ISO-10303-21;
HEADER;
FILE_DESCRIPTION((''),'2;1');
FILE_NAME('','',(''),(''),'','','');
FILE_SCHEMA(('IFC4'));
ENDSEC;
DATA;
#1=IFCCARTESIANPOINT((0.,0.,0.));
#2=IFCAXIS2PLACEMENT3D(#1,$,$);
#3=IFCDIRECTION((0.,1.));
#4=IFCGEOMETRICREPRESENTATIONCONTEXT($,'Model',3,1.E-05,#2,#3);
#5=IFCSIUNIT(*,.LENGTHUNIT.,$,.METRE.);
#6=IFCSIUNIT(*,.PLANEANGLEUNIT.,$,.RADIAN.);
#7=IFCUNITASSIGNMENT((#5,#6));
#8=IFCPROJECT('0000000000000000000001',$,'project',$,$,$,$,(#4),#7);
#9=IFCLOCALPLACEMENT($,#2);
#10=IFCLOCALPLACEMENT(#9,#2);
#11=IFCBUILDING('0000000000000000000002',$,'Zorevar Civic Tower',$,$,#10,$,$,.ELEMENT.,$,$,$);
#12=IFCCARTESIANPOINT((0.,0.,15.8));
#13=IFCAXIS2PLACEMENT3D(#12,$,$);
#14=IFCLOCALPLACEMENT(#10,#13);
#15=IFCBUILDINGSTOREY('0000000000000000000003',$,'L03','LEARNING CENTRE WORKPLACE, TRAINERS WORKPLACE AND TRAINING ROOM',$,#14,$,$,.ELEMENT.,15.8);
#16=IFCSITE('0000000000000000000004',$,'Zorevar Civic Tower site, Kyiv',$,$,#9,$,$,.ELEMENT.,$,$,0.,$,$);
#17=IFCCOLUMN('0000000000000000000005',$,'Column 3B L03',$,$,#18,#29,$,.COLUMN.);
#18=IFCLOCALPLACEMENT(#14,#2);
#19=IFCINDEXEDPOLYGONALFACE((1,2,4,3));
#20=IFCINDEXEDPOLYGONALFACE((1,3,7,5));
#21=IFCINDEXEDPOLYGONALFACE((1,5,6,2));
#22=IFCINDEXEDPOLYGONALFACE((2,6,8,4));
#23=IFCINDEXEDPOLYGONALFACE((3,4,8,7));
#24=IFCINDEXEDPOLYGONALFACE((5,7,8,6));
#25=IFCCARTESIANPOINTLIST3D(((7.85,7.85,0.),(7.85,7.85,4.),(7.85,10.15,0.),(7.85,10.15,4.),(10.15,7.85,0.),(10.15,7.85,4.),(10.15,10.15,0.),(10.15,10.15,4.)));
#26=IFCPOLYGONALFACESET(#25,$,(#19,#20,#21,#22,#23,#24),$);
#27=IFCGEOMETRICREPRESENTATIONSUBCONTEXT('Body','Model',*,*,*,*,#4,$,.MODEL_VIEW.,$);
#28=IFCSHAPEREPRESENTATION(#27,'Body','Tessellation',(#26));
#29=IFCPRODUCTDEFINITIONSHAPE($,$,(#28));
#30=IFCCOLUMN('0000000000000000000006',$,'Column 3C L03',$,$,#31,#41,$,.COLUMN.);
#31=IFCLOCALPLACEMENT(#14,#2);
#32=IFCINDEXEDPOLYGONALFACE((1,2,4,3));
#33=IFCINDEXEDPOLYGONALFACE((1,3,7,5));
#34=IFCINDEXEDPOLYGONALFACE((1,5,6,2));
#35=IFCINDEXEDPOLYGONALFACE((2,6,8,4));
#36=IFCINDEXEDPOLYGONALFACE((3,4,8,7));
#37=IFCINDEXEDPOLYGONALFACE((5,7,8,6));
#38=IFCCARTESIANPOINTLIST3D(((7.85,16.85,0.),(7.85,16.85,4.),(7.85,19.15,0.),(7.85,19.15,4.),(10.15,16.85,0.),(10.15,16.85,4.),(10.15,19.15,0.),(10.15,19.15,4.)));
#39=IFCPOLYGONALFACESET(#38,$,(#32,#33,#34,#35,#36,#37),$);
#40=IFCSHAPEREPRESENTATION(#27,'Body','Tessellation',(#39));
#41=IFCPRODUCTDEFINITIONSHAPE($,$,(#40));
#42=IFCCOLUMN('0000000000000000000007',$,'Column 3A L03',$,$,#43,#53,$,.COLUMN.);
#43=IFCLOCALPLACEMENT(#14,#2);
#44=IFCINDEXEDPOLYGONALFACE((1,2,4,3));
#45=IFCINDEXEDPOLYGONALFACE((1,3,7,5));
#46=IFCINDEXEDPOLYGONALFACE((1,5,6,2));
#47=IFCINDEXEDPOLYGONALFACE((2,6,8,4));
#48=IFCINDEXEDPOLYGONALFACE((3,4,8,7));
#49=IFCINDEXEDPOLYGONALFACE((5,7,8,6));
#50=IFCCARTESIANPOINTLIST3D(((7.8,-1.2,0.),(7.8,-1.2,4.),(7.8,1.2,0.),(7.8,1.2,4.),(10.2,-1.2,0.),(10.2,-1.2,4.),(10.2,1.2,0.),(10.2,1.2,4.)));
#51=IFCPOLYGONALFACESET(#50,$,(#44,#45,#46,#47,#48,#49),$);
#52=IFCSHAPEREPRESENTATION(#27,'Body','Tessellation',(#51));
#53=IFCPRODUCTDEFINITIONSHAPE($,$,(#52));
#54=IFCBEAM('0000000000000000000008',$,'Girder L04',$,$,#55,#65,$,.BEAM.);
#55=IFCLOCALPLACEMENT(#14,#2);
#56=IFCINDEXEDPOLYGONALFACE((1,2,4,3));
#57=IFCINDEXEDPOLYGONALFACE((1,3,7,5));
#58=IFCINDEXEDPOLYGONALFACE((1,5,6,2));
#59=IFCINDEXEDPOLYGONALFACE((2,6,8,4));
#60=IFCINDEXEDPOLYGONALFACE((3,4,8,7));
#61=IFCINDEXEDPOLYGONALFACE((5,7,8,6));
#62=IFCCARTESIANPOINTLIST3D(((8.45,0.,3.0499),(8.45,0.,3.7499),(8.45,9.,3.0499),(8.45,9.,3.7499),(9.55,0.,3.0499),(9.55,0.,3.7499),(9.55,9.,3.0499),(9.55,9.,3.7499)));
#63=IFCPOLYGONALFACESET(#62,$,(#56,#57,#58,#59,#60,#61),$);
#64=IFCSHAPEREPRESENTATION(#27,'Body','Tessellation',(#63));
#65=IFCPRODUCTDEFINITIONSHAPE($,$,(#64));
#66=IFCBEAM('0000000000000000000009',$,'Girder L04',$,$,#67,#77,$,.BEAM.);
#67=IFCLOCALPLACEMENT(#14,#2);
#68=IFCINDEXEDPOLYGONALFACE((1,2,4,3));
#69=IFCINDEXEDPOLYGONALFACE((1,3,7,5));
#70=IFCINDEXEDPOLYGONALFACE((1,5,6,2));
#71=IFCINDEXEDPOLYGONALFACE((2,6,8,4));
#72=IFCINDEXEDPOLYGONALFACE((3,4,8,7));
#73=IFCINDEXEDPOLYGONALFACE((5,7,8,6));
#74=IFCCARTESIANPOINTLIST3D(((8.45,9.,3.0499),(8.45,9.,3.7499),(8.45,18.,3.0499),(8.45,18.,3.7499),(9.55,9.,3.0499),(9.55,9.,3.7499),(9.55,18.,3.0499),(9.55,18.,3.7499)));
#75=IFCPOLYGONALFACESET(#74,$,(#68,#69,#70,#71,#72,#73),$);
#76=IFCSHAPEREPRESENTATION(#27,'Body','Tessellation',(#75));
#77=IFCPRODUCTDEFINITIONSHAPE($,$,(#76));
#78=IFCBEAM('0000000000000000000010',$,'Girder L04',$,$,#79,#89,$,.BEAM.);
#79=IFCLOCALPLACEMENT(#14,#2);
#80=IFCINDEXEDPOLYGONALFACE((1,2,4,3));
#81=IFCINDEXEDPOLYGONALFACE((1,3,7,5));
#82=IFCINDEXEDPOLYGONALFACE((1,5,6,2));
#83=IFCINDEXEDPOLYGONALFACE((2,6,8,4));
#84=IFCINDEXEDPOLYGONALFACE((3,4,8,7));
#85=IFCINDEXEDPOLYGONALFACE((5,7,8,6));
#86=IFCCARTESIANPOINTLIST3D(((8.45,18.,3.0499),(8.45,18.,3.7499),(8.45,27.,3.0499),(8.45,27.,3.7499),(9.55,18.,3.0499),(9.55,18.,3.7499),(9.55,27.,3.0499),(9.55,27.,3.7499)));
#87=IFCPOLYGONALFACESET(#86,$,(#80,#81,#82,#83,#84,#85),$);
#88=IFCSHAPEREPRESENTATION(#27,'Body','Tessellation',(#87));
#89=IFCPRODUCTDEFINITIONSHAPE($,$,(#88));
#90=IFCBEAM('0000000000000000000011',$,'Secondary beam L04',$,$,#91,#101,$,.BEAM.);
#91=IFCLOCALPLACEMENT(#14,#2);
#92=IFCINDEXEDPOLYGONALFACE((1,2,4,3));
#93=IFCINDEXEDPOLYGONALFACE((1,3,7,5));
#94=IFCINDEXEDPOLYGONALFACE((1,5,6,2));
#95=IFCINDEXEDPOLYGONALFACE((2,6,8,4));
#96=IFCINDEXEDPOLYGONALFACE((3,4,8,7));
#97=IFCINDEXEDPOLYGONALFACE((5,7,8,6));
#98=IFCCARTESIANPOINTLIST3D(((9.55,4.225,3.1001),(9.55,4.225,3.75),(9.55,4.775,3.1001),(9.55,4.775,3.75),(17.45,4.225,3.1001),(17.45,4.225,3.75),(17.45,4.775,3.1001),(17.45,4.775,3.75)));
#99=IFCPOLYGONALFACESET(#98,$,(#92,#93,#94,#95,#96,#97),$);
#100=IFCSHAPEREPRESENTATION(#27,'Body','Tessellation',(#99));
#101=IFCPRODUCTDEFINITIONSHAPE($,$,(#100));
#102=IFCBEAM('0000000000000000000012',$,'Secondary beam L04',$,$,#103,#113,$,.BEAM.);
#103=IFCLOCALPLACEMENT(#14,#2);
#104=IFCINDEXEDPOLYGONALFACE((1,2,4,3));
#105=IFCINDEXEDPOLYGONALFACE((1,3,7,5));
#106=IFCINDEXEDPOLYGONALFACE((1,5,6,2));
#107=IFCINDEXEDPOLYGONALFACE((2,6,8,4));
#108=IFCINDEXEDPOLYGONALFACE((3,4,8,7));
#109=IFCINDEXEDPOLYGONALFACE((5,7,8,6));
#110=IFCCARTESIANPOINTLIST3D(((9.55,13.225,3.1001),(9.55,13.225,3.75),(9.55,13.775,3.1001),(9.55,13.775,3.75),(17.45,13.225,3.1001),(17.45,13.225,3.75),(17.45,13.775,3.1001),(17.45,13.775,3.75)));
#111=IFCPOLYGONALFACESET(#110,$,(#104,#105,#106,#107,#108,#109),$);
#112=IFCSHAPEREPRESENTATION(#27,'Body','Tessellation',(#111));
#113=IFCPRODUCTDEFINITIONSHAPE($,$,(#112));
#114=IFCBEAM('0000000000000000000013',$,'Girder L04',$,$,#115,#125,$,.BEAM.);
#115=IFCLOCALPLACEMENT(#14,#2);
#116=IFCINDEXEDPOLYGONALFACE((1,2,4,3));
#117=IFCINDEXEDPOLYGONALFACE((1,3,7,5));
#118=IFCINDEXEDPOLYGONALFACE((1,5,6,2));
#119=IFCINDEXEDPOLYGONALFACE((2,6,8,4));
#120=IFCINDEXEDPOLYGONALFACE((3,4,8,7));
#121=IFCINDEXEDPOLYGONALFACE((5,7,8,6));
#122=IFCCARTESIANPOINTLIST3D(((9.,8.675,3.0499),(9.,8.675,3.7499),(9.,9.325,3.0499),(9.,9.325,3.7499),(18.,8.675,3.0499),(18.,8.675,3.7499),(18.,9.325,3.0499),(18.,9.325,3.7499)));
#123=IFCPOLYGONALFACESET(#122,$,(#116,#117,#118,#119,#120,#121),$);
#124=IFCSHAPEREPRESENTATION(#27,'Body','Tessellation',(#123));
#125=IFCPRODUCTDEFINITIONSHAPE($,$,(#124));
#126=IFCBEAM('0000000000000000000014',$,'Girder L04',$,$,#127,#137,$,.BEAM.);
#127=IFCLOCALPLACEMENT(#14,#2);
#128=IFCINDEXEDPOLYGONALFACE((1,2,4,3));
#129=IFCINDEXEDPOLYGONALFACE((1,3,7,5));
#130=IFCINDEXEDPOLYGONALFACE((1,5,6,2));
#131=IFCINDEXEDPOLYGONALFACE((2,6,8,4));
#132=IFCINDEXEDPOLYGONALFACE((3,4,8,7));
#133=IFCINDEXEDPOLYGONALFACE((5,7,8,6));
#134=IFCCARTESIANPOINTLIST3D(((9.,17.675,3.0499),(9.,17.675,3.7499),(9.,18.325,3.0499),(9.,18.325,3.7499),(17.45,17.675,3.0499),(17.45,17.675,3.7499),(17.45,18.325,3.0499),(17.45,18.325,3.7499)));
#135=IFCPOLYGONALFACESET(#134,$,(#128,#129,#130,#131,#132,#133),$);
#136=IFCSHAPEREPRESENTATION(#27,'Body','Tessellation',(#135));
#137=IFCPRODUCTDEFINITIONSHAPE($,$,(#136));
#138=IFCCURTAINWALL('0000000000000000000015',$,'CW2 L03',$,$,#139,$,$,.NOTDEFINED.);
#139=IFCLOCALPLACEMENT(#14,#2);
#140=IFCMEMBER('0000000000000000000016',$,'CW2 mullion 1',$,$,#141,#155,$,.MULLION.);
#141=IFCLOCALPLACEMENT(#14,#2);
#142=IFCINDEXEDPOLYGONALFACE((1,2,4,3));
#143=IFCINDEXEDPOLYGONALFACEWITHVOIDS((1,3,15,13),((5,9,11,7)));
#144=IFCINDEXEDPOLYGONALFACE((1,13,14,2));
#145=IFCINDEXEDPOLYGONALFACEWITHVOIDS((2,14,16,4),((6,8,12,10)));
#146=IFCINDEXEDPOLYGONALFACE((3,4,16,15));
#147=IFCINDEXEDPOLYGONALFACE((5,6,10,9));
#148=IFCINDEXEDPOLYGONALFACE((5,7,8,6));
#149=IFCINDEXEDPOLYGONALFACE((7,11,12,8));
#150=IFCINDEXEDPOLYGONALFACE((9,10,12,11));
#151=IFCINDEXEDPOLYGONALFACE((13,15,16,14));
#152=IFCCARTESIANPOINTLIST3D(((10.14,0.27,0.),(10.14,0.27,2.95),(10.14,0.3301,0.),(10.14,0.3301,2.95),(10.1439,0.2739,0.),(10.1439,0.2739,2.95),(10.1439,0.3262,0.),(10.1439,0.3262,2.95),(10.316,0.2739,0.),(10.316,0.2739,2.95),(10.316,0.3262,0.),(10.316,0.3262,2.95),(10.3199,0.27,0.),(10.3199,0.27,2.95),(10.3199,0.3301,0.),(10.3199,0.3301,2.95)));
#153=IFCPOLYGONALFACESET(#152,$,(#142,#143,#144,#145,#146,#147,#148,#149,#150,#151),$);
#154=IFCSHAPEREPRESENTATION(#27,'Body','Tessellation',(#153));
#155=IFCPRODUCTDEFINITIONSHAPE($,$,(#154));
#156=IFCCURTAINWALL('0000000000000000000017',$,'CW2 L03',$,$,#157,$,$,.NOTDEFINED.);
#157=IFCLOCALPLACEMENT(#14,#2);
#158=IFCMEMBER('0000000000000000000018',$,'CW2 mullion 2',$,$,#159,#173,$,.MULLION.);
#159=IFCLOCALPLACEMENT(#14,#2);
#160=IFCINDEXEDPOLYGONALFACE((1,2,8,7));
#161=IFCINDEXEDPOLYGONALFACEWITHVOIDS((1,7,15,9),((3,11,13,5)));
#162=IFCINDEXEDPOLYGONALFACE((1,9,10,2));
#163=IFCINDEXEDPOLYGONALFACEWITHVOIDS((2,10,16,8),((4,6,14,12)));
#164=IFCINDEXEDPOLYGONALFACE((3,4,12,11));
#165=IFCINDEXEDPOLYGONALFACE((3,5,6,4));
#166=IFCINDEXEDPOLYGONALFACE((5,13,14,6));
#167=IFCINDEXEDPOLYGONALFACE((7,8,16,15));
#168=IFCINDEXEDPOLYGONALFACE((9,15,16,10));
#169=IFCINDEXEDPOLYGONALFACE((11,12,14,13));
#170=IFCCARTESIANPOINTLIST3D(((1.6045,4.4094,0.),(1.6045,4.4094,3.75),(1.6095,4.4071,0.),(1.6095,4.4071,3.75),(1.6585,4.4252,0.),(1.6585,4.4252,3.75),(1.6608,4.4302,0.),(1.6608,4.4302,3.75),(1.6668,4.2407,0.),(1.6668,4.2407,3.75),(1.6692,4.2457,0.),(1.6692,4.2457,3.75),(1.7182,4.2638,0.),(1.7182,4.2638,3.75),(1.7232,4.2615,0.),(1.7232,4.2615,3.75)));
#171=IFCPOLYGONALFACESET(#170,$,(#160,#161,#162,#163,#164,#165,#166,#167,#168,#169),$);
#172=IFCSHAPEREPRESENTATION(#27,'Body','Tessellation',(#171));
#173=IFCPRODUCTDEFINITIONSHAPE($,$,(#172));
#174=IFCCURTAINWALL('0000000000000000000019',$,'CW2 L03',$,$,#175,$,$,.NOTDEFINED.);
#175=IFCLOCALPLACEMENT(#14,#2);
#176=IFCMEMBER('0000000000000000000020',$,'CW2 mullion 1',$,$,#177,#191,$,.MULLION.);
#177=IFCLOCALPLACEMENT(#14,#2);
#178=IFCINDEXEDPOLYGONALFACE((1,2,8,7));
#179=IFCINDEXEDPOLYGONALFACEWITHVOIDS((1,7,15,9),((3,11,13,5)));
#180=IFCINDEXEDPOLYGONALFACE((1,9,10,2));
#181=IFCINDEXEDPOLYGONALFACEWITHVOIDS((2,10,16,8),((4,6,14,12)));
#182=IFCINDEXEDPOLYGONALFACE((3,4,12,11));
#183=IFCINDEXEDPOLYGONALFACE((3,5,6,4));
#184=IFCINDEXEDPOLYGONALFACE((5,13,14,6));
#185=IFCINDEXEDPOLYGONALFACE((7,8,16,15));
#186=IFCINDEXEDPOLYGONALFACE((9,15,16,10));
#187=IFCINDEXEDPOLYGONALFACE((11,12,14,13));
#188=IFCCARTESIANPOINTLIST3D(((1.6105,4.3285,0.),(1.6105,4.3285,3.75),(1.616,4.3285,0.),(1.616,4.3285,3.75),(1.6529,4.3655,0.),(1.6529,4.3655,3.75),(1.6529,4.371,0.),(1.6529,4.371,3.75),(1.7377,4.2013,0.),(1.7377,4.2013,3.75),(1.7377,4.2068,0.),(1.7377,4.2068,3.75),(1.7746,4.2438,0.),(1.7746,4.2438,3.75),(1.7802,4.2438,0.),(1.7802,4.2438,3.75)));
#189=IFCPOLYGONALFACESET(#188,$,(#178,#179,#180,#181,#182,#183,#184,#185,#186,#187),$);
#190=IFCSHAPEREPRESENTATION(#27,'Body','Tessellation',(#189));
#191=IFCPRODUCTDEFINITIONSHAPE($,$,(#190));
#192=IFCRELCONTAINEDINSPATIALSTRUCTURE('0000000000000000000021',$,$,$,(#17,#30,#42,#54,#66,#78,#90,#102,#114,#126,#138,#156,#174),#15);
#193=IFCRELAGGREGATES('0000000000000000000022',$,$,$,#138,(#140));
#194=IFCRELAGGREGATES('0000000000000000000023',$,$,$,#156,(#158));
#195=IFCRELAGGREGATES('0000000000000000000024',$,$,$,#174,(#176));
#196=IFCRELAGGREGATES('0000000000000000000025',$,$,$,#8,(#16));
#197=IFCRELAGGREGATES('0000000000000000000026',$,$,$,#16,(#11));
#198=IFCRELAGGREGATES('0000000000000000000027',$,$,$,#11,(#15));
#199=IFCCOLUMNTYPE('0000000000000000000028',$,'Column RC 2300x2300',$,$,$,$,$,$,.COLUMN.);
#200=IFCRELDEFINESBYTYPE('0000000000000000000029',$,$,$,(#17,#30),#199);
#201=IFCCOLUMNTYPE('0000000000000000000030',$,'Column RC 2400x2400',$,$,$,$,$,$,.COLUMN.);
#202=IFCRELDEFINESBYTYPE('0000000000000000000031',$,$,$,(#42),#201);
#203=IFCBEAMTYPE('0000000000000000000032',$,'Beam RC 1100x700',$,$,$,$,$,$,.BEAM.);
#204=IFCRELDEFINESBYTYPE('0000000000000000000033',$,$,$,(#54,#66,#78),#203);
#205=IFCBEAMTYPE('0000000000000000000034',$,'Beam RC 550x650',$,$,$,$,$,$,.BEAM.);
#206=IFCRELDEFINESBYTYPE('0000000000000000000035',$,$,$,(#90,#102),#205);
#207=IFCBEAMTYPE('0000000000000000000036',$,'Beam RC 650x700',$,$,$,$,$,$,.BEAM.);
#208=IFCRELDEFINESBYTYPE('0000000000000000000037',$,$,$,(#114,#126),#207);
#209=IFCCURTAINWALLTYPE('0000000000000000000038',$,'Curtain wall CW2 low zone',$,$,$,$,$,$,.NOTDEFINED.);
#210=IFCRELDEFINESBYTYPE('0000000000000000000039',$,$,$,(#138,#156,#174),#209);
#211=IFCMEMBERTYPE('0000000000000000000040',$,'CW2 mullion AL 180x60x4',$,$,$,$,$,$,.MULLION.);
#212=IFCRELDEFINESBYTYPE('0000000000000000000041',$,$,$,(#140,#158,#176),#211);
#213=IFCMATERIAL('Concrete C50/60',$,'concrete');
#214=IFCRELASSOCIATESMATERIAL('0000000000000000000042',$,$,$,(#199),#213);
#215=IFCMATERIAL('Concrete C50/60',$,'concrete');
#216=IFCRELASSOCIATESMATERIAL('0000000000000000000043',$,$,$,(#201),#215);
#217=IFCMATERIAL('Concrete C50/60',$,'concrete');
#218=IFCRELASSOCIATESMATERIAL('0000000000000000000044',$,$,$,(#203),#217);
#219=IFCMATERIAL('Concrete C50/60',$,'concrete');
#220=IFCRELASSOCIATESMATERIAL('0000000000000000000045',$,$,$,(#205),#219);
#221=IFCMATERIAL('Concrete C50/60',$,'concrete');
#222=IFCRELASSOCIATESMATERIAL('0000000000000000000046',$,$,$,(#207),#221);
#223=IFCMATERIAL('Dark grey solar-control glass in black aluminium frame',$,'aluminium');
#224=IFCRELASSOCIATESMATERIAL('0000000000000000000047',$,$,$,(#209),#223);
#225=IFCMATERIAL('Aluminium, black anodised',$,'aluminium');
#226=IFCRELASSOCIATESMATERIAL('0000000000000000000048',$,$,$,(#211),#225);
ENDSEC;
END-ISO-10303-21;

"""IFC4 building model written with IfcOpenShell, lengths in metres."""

from ifc_helpers import new_model, si_unit, direction, frame, origin, origin_2d, place, context, subcontext, project, spatial, rectangle, hollow_rectangle, extrude, material, material_profile, profile_set, type_object, element, aggregate, save


model = new_model("IFC4")

# Units and contexts
model_context = context("Model", 3, precision=1e-05, world=origin(), true_north=direction((0.0, 1.0)))
body_context = subcontext(model_context, "Body", "Model", "MODEL_VIEW")
ifc_project = project(units=[si_unit("LENGTHUNIT", "METRE"), si_unit("PLANEANGLEUNIT", "RADIAN")], contexts=[model_context])

# Site, building, storey
site_placement = place(None, origin())
site = spatial("IfcSite", under=ifc_project, at=site_placement, Name="Zorevar Civic Tower site, Kyiv", CompositionType="ELEMENT", RefElevation=0.0)
building_placement = place(site_placement, origin())
building = spatial("IfcBuilding", under=site, at=building_placement, Name="Zorevar Civic Tower", CompositionType="ELEMENT")
storey_placement = place(building_placement, frame((0.0, 0.0, 15.8)))
storey = spatial("IfcBuildingStorey", under=building, at=storey_placement, Name="L03", Description="LEARNING CENTRE WORKPLACE, TRAINERS WORKPLACE AND TRAINING ROOM", CompositionType="ELEMENT", Elevation=15.8)

# Columns
ifc_material_1 = material(Name="Concrete C50/60", Category="concrete")
ifc_material_profile_1 = material_profile(ifc_material_1, rectangle(XDim=2.3, YDim=2.3, at=origin_2d()), Name="RC 2300x2300")
ifc_profile_set_1 = profile_set([ifc_material_profile_1], Name="Concrete C50/60")
column_type_1 = type_object("IfcColumnType", Name="Column RC 2300x2300", PredefinedType="COLUMN", material=ifc_profile_set_1)
for number, where, z_axis, x_axis, name in (
    (1, (9.0, 9.0, 0.0), (0.0, 0.0, 1.0), (1.0, 0.0, 0.0), "Column 3B L03"),
    (2, (9.0, 18.0, 0.0), (0.0, 0.0, 1.0), (1.0, 0.0, 0.0), "Column 3C L03"),
):
    element("IfcColumn", number, at=place(storey_placement, frame(where, z_axis=z_axis, x_axis=x_axis)), inside=storey, type_object=column_type_1, Name=name, PredefinedType="COLUMN", context=body_context, shape_type="SweptSolid", body=[
        extrude(rectangle(XDim=2.3, YDim=2.3, at=origin_2d()), origin(), (0.0, 0.0, 1.0), 4.0),
    ])
ifc_material_2 = material(Name="Concrete C50/60", Category="concrete")
ifc_material_profile_2 = material_profile(ifc_material_2, rectangle(XDim=2.3999, YDim=2.3999, at=origin_2d()), Name="RC 2400x2400")
ifc_profile_set_2 = profile_set([ifc_material_profile_2], Name="Concrete C50/60")
column_type_2 = type_object("IfcColumnType", Name="Column RC 2400x2400", PredefinedType="COLUMN", material=ifc_profile_set_2)
column_placement = place(storey_placement, frame((9.0, 0.0, 0.0), z_axis=(0.0, 0.0, 1.0), x_axis=(1.0, 0.0, 0.0)))
element("IfcColumn", 3, at=column_placement, inside=storey, type_object=column_type_2, Name="Column 3A L03", PredefinedType="COLUMN", context=body_context, shape_type="SweptSolid", body=[
    extrude(rectangle(XDim=2.3999, YDim=2.3999, at=origin_2d()), origin(), (0.0, 0.0, 1.0), 4.0),
])

# Beams
ifc_material_3 = material(Name="Concrete C50/60", Category="concrete")
ifc_material_profile_3 = material_profile(ifc_material_3, rectangle(XDim=1.1001, YDim=0.7, at=origin_2d()), Name="RC 1100x700")
ifc_profile_set_3 = profile_set([ifc_material_profile_3], Name="Concrete C50/60")
beam_type_1 = type_object("IfcBeamType", Name="Beam RC 1100x700", PredefinedType="BEAM", material=ifc_profile_set_3)
for number, where, z_axis, x_axis, name in (
    (4, (9.0, 0.0, 3.3999), (0.0, 1.0, 0.0), (-1.0, 0.0, 0.0), "Girder L04"),
    (5, (9.0, 9.0, 3.3999), (0.0, 1.0, 0.0), (-1.0, 0.0, 0.0), "Girder L04"),
    (6, (9.0, 18.0, 3.3999), (0.0, 1.0, 0.0), (-1.0, 0.0, 0.0), "Girder L04"),
):
    element("IfcBeam", number, at=place(storey_placement, frame(where, z_axis=z_axis, x_axis=x_axis)), inside=storey, type_object=beam_type_1, Name=name, PredefinedType="BEAM", context=body_context, shape_type="SweptSolid", body=[
        extrude(rectangle(XDim=1.1001, YDim=0.7, at=origin_2d()), origin(), (0.0, 0.0, 1.0), 9.0),
    ])
ifc_material_4 = material(Name="Concrete C50/60", Category="concrete")
ifc_material_profile_4 = material_profile(ifc_material_4, rectangle(XDim=0.55, YDim=0.6499, at=origin_2d()), Name="RC 550x650")
ifc_profile_set_4 = profile_set([ifc_material_profile_4], Name="Concrete C50/60")
beam_type_2 = type_object("IfcBeamType", Name="Beam RC 550x650", PredefinedType="BEAM", material=ifc_profile_set_4)
for number, where, z_axis, x_axis, name in (
    (7, (9.55, 4.5, 3.425), (1.0, 0.0, 0.0), (0.0, 1.0, 0.0), "Secondary beam L04"),
    (8, (9.55, 13.5, 3.425), (1.0, 0.0, 0.0), (0.0, 1.0, 0.0), "Secondary beam L04"),
):
    element("IfcBeam", number, at=place(storey_placement, frame(where, z_axis=z_axis, x_axis=x_axis)), inside=storey, type_object=beam_type_2, Name=name, PredefinedType="BEAM", context=body_context, shape_type="SweptSolid", body=[
        extrude(rectangle(XDim=0.55, YDim=0.6499, at=origin_2d()), origin(), (0.0, 0.0, 1.0), 7.8999),
    ])
ifc_material_5 = material(Name="Concrete C50/60", Category="concrete")
ifc_material_profile_5 = material_profile(ifc_material_5, rectangle(XDim=0.6499, YDim=0.7, at=origin_2d()), Name="RC 650x700")
ifc_profile_set_5 = profile_set([ifc_material_profile_5], Name="Concrete C50/60")
beam_type_3 = type_object("IfcBeamType", Name="Beam RC 650x700", PredefinedType="BEAM", material=ifc_profile_set_5)
beam_1_placement = place(storey_placement, frame((9.0, 9.0, 3.3999), z_axis=(1.0, 0.0, 0.0), x_axis=(0.0, 1.0, 0.0)))
element("IfcBeam", 9, at=beam_1_placement, inside=storey, type_object=beam_type_3, Name="Girder L04", PredefinedType="BEAM", context=body_context, shape_type="SweptSolid", body=[
    extrude(rectangle(XDim=0.6499, YDim=0.7, at=origin_2d()), origin(), (0.0, 0.0, 1.0), 9.0),
])
beam_2_placement = place(storey_placement, frame((9.0, 18.0, 3.3999), z_axis=(1.0, 0.0, 0.0), x_axis=(0.0, 1.0, 0.0)))
element("IfcBeam", 10, at=beam_2_placement, inside=storey, type_object=beam_type_3, Name="Girder L04", PredefinedType="BEAM", context=body_context, shape_type="SweptSolid", body=[
    extrude(rectangle(XDim=0.6499, YDim=0.7, at=origin_2d()), origin(), (0.0, 0.0, 1.0), 8.45),
])

# Curtain walls, members
ifc_material_6 = material(Name="Dark grey solar-control glass in black aluminium frame", Category="aluminium")
curtain_wall_type = type_object("IfcCurtainWallType", Name="Curtain wall CW2 low zone", PredefinedType="NOTDEFINED", material=ifc_material_6)
curtain_wall_1_placement = place(storey_placement, origin())
curtain_wall_1 = element("IfcCurtainWall", 11, at=curtain_wall_1_placement, inside=storey, type_object=curtain_wall_type, Name="CW2 L03", PredefinedType="NOTDEFINED")
ifc_material_7 = material(Name="Aluminium, black anodised", Category="aluminium")
ifc_material_profile_6 = material_profile(ifc_material_7, hollow_rectangle(XDim=0.0601, YDim=0.1799, WallThickness=0.0039, at=origin_2d()), Name="AL 180x60x4")
ifc_profile_set_6 = profile_set([ifc_material_profile_6], Name="Aluminium, black anodised")
member_type_1 = type_object("IfcMemberType", Name="CW2 mullion AL 180x60x4", PredefinedType="MULLION", material=ifc_profile_set_6)
member_1_placement = place(storey_placement, frame((10.23, 0.3, 0.0), z_axis=(0.0, 0.0, 1.0), x_axis=(0.0, 1.0, 0.0)))
member_1 = element("IfcMember", 12, at=member_1_placement, type_object=member_type_1, Name="CW2 mullion 1", PredefinedType="MULLION", context=body_context, shape_type="SweptSolid", body=[
    extrude(hollow_rectangle(XDim=0.0601, YDim=0.1799, WallThickness=0.0039, at=origin_2d()), origin(), (0.0, 0.0, 1.0), 2.95),
])
aggregate(curtain_wall_1, [member_1])
curtain_wall_2_placement = place(storey_placement, origin())
curtain_wall_2 = element("IfcCurtainWall", 13, at=curtain_wall_2_placement, inside=storey, type_object=curtain_wall_type, Name="CW2 L03", PredefinedType="NOTDEFINED")
member_2_placement = place(storey_placement, frame((1.6638, 4.3354, 0.0), z_axis=(0.0, 0.0, 1.0), x_axis=(0.937975, 0.346704, 0.0)))
member_2 = element("IfcMember", 14, at=member_2_placement, type_object=member_type_1, Name="CW2 mullion 2", PredefinedType="MULLION", context=body_context, shape_type="SweptSolid", body=[
    extrude(hollow_rectangle(XDim=0.0601, YDim=0.1799, WallThickness=0.0039, at=origin_2d()), origin(), (0.0, 0.0, 1.0), 3.75),
])
aggregate(curtain_wall_2, [member_2])

# Curtain wall, member
curtain_wall_3_placement = place(storey_placement, origin())
curtain_wall_3 = element("IfcCurtainWall", 15, at=curtain_wall_3_placement, inside=storey, type_object=curtain_wall_type, Name="CW2 L03", PredefinedType="NOTDEFINED")
member_3_placement = place(storey_placement, frame((1.6953, 4.2861, 0.0), z_axis=(0.0, 0.0, 1.0), x_axis=(0.707107, 0.707107, 0.0)))
member_3 = element("IfcMember", 16, at=member_3_placement, type_object=member_type_1, Name="CW2 mullion 1", PredefinedType="MULLION", context=body_context, shape_type="SweptSolid", body=[
    extrude(hollow_rectangle(XDim=0.0601, YDim=0.1799, WallThickness=0.0039, at=origin_2d()), origin(), (0.0, 0.0, 1.0), 3.75),
])

aggregate(curtain_wall_3, [member_3])

save(model, "model.ifc")
